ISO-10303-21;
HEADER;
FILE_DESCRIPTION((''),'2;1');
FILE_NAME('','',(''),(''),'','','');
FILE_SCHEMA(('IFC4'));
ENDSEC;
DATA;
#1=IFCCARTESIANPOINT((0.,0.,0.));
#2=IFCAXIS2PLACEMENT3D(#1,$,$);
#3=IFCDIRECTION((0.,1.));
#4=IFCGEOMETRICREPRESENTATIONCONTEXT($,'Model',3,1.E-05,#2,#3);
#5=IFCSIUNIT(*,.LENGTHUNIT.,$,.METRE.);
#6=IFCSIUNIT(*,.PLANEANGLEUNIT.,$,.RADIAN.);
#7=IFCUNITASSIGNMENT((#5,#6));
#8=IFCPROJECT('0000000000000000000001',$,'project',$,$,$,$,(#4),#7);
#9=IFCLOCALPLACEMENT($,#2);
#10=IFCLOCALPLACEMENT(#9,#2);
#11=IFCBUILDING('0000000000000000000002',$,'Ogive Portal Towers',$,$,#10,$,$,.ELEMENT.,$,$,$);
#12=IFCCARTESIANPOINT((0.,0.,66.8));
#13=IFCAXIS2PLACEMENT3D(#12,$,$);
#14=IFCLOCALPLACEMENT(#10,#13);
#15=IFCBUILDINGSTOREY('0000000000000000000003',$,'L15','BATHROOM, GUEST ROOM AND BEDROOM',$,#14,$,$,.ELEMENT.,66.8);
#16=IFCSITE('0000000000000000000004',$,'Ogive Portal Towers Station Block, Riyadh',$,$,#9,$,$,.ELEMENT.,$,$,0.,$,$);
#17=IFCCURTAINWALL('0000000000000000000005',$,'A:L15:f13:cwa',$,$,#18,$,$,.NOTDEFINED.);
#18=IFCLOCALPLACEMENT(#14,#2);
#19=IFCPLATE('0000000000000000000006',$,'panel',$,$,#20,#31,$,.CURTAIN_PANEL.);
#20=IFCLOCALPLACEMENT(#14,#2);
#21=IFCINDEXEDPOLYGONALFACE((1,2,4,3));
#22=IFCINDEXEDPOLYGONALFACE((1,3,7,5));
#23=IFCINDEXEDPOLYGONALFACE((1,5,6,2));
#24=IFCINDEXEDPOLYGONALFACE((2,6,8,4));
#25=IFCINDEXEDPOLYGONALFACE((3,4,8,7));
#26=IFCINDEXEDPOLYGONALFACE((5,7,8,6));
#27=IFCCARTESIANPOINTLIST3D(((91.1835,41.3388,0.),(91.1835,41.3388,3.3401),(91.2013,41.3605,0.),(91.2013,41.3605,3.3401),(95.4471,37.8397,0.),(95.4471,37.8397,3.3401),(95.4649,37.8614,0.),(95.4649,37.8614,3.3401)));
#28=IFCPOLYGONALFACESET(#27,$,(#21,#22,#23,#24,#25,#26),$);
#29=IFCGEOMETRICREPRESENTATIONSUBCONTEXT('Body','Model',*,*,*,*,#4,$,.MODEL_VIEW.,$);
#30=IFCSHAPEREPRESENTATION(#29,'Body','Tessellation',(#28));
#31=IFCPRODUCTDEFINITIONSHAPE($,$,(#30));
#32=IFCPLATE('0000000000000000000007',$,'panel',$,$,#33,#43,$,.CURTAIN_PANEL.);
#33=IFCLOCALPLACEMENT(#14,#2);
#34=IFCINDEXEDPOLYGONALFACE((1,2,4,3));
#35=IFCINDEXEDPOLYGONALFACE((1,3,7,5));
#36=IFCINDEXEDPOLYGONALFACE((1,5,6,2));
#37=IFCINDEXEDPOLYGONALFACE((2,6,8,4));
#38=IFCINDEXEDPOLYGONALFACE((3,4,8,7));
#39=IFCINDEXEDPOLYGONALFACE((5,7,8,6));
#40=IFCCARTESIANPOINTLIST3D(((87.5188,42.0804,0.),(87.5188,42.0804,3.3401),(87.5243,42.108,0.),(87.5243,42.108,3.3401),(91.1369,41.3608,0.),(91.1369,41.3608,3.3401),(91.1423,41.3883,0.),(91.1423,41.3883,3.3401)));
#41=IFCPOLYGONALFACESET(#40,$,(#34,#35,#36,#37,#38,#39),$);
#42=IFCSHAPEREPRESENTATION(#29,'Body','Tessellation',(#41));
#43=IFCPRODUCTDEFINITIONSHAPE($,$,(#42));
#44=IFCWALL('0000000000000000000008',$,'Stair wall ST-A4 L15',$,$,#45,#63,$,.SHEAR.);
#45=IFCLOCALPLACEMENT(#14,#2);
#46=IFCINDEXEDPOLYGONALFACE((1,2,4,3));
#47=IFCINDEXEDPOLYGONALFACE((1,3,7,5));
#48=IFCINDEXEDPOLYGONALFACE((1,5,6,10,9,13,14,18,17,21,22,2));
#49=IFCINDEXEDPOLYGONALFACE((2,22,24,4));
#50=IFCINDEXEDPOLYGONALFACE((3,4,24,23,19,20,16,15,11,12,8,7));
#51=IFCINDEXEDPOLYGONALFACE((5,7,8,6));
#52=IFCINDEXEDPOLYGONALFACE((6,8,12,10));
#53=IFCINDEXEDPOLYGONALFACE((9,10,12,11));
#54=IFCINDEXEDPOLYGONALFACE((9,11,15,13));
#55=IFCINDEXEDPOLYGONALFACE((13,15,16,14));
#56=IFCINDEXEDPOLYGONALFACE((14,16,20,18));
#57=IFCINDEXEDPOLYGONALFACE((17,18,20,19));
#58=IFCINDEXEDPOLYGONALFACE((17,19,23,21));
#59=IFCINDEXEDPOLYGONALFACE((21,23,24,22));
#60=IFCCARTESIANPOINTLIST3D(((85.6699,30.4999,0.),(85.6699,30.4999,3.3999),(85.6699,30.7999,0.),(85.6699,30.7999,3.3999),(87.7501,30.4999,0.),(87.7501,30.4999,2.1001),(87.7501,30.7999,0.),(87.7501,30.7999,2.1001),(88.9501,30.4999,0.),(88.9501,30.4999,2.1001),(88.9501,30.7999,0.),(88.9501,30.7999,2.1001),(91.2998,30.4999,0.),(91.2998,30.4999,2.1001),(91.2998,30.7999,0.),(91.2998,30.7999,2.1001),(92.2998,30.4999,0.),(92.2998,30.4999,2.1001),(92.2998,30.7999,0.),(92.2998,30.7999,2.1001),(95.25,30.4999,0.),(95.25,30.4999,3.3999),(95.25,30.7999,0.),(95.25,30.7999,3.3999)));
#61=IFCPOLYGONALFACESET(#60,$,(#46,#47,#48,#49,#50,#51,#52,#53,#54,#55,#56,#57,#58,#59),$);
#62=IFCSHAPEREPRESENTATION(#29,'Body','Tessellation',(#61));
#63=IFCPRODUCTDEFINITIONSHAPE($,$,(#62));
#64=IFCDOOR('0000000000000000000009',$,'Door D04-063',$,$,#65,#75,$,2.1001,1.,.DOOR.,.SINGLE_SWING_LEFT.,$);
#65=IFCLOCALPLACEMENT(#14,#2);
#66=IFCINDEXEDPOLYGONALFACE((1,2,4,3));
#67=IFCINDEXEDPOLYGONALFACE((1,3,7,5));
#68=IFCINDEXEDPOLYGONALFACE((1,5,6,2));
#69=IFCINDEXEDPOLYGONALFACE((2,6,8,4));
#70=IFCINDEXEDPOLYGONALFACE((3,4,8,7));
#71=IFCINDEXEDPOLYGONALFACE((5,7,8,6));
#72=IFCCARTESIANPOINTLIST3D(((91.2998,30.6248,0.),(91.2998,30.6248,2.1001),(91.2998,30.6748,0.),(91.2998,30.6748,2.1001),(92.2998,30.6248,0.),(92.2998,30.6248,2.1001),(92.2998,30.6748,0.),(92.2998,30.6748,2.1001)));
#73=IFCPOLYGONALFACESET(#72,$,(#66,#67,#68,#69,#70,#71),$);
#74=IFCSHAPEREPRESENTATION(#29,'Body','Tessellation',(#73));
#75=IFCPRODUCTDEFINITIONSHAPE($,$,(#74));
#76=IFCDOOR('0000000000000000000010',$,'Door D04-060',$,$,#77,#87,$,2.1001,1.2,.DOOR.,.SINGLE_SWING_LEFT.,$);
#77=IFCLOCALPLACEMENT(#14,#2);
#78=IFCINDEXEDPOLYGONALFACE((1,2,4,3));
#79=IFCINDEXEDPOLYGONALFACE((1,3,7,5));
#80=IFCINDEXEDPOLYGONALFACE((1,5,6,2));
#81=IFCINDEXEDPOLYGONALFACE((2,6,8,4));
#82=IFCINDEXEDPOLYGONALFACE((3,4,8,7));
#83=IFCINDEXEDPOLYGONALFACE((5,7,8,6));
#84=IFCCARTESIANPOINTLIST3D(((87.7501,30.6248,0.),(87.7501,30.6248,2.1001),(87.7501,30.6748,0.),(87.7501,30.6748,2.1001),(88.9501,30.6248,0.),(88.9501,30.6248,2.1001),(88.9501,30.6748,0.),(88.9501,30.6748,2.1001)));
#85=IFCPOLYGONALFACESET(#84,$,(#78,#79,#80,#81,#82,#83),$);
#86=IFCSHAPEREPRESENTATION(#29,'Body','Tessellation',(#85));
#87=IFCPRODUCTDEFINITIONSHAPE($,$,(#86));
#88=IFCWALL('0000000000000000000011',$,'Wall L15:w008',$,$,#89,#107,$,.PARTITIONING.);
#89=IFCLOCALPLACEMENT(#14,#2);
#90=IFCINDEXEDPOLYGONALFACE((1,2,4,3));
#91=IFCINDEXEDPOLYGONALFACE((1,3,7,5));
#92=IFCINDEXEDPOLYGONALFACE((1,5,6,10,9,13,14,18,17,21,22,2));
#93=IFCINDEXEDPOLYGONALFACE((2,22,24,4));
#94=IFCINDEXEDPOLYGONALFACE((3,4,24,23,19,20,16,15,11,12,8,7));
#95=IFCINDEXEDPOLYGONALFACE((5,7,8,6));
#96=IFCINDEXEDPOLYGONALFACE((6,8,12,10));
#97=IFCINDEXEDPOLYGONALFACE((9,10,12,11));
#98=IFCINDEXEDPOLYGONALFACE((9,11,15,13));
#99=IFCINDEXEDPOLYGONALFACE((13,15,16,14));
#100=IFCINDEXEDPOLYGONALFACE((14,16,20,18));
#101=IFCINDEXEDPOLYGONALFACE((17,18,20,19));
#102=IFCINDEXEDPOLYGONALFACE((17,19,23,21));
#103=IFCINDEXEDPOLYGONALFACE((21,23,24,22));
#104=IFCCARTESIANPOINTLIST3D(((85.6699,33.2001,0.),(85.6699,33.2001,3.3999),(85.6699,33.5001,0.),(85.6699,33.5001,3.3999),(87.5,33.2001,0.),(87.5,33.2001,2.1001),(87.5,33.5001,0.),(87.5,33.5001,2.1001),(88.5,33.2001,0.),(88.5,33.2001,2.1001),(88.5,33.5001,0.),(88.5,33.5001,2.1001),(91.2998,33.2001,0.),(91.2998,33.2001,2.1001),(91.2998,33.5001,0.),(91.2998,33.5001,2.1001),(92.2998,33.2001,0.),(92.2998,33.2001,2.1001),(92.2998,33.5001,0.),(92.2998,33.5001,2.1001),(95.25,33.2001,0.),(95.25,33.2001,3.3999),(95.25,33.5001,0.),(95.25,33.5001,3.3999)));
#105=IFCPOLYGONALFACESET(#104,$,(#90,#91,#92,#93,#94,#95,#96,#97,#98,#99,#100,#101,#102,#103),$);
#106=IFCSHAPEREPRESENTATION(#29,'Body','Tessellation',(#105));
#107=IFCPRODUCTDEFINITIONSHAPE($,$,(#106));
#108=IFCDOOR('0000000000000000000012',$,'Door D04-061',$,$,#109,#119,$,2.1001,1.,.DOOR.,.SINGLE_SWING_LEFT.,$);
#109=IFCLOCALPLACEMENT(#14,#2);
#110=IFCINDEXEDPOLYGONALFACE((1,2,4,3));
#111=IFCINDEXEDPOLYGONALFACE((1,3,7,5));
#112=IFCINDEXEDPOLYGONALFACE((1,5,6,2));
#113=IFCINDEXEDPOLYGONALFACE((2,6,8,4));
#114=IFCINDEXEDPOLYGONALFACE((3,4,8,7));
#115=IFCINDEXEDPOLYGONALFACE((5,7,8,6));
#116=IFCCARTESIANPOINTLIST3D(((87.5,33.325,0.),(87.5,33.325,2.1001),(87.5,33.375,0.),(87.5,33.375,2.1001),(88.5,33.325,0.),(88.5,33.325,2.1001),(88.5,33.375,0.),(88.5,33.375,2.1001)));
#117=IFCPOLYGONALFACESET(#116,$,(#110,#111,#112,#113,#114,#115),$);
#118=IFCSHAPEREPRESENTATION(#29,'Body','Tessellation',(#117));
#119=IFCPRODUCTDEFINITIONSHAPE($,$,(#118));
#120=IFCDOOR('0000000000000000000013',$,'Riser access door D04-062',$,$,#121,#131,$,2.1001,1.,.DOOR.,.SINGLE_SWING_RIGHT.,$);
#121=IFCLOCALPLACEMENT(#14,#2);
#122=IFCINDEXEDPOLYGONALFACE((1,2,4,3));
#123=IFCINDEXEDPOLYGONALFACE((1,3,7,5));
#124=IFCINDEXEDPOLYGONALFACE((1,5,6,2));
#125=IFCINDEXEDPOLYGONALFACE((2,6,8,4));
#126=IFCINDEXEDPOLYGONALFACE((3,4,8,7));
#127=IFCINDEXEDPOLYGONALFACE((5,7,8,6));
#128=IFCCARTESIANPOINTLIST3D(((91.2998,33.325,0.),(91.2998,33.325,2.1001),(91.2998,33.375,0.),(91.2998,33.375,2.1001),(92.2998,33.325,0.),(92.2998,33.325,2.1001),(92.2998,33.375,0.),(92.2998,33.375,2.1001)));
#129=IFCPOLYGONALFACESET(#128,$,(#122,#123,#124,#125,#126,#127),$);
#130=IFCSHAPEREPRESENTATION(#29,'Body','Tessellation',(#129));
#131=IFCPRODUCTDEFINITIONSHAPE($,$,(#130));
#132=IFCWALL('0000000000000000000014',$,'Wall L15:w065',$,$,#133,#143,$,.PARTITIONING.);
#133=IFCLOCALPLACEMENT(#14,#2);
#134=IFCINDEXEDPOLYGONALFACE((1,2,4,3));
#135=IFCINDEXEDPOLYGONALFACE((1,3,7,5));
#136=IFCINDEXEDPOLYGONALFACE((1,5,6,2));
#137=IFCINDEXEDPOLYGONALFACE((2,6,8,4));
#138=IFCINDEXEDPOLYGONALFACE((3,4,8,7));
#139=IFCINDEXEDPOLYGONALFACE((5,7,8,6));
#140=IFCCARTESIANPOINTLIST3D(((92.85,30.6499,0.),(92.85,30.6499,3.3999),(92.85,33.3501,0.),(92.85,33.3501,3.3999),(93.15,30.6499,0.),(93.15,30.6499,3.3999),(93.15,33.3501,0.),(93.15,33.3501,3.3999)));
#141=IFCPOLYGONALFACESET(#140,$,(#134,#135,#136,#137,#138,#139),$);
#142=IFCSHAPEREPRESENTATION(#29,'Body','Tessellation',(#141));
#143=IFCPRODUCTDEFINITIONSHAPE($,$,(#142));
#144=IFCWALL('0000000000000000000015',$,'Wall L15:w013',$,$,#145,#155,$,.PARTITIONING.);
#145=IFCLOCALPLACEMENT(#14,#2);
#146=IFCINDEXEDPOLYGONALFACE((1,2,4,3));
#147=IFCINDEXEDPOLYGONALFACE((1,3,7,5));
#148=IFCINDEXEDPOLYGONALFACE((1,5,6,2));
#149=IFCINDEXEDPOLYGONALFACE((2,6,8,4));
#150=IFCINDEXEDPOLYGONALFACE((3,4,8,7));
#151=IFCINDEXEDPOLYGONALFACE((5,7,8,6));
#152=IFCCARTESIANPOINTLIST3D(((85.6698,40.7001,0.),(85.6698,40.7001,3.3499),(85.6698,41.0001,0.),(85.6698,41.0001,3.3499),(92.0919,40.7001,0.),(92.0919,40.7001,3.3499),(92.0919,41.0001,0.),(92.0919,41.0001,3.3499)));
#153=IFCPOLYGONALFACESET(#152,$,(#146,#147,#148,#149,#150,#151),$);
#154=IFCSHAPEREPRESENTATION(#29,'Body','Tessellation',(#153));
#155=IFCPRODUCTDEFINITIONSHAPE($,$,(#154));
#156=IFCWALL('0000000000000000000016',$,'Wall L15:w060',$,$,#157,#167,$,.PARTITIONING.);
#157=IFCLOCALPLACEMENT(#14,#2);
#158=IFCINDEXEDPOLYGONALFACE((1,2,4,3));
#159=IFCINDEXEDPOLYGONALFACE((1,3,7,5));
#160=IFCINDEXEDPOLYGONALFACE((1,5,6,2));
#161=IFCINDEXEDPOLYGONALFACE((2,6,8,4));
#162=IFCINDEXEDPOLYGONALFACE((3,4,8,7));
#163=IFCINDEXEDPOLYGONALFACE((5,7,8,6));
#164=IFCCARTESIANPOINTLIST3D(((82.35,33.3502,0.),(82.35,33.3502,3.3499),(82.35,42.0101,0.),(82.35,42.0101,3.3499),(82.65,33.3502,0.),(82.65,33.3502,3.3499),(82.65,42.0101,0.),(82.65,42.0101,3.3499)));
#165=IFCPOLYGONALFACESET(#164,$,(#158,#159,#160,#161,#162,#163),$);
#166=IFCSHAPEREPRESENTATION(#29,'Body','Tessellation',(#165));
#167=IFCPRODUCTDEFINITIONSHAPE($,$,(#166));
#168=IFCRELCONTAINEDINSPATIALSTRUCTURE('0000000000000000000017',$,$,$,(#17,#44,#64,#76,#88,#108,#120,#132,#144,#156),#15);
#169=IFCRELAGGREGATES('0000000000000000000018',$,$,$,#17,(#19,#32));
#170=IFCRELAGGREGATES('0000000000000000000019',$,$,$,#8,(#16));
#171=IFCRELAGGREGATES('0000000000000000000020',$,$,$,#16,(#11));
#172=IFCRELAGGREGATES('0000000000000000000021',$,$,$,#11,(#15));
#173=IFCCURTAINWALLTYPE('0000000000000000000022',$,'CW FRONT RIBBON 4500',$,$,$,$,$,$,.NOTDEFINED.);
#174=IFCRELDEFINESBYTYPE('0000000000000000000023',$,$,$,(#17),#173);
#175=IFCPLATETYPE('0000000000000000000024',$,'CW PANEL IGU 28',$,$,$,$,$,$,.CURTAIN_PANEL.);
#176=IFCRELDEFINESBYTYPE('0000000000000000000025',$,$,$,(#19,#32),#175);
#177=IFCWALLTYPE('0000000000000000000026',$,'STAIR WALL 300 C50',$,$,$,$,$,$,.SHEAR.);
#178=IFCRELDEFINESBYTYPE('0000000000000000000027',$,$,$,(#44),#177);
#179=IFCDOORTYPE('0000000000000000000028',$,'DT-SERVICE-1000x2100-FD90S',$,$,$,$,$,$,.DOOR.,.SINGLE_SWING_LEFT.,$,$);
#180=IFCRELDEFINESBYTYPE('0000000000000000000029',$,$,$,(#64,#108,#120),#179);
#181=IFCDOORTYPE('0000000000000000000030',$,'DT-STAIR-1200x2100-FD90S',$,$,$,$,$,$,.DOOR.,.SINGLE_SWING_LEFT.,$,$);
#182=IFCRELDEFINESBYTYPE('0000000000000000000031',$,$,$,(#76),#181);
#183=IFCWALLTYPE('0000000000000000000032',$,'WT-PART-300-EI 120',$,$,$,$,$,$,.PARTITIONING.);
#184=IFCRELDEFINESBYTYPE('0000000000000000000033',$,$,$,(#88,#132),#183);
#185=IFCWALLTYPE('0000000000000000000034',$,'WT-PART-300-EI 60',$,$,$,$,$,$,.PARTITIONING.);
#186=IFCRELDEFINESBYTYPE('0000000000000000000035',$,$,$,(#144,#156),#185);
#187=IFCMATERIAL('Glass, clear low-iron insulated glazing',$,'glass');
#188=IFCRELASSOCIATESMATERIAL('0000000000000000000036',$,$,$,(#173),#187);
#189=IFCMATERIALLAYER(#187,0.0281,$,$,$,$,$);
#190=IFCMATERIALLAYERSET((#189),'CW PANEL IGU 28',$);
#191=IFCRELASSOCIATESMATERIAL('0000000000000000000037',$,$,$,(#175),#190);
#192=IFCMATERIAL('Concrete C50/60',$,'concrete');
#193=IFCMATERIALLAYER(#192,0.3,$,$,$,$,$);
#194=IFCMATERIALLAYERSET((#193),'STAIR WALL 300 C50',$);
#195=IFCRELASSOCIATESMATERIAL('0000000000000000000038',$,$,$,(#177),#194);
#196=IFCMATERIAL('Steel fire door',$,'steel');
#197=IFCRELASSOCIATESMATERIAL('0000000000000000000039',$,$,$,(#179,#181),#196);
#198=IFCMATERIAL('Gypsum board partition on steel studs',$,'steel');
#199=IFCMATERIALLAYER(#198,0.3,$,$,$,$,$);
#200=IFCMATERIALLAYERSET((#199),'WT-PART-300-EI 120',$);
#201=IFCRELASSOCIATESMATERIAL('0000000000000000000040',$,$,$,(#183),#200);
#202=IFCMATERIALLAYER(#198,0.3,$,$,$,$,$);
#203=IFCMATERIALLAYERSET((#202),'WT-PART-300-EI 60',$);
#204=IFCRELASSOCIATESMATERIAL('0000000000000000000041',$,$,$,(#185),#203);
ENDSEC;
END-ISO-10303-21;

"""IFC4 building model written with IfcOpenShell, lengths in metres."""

from ifc_helpers import new_model, si_unit, direction, frame, frame_2d, origin, origin_2d, place, context, subcontext, project, spatial, rectangle, extrude, material, layer, layer_set, type_object, element, fill, aggregate, save


model = new_model("IFC4")

# Units and contexts
model_context = context("Model", 3, precision=1e-05, world=origin(), true_north=direction((0.0, 1.0)))
body_context = subcontext(model_context, "Body", "Model", "MODEL_VIEW")
ifc_project = project(units=[si_unit("LENGTHUNIT", "METRE"), si_unit("PLANEANGLEUNIT", "RADIAN")], contexts=[model_context])

# Site, building, storey
site_placement = place(None, origin())
site = spatial("IfcSite", under=ifc_project, at=site_placement, Name="Ogive Portal Towers Station Block, Riyadh", CompositionType="ELEMENT", RefElevation=0.0)
building_placement = place(site_placement, origin())
building = spatial("IfcBuilding", under=site, at=building_placement, Name="Ogive Portal Towers", CompositionType="ELEMENT")
storey_placement = place(building_placement, frame((0.0, 0.0, 66.8)))
storey = spatial("IfcBuildingStorey", under=building, at=storey_placement, Name="L15", Description="BATHROOM, GUEST ROOM AND BEDROOM", CompositionType="ELEMENT", Elevation=66.8)

# Curtain wall
ifc_material_1 = material(Name="Glass, clear low-iron insulated glazing", Category="glass")
curtain_wall_type = type_object("IfcCurtainWallType", Name="CW FRONT RIBBON 4500", PredefinedType="NOTDEFINED", material=ifc_material_1)
curtain_wall_1_placement = place(storey_placement, origin())
curtain_wall_1 = element("IfcCurtainWall", 1, at=curtain_wall_1_placement, inside=storey, type_object=curtain_wall_type, Name="A:L15:f13:cwa", PredefinedType="NOTDEFINED")

# Plates
ifc_layer_1 = layer(ifc_material_1, 0.0281)
ifc_layer_set_1 = layer_set([ifc_layer_1], Name="CW PANEL IGU 28")
plate_type = type_object("IfcPlateType", Name="CW PANEL IGU 28", PredefinedType="CURTAIN_PANEL", material=ifc_layer_set_1)
plate_1_placement = place(storey_placement, frame((93.3242, 39.6001, 0.0), z_axis=(0.0, 0.0, 1.0), x_axis=(-0.77301, 0.634393, 0.0)))
plate_1 = element("IfcPlate", 2, at=plate_1_placement, type_object=plate_type, Name="panel", PredefinedType="CURTAIN_PANEL", context=body_context, shape_type="SweptSolid", body=[
    extrude(rectangle(XDim=5.5156, YDim=0.0281, at=origin_2d()), origin(), (0.0, 0.0, 1.0), 3.3401),
])
plate_2_placement = place(storey_placement, frame((89.3306, 41.7344, 0.0), z_axis=(0.0, 0.0, 1.0), x_axis=(-0.980785, 0.19509, 0.0)))
plate_2 = element("IfcPlate", 3, at=plate_2_placement, type_object=plate_type, Name="panel", PredefinedType="CURTAIN_PANEL", context=body_context, shape_type="SweptSolid", body=[
    extrude(rectangle(XDim=3.689, YDim=0.0281, at=origin_2d()), origin(), (0.0, 0.0, 1.0), 3.3401),
])
aggregate(curtain_wall_1, [plate_1, plate_2])

# Walls, openings, doors
ifc_material_2 = material(Name="Concrete C50/60", Category="concrete")
ifc_layer_2 = layer(ifc_material_2, 0.3)
ifc_layer_set_2 = layer_set([ifc_layer_2], Name="STAIR WALL 300 C50")
wall_type_1 = type_object("IfcWallType", Name="STAIR WALL 300 C50", PredefinedType="SHEAR", material=ifc_layer_set_2)
wall_1_placement = place(storey_placement, frame((85.6699, 30.6499, 0.0), z_axis=(0.0, 0.0, 1.0), x_axis=(1.0, 0.0, 0.0)))
wall_1 = element("IfcWall", 4, at=wall_1_placement, inside=storey, type_object=wall_type_1, Name="Stair wall ST-A4 L15", PredefinedType="SHEAR", context=body_context, shape_type="SweptSolid", body=[
    extrude(rectangle(XDim=9.5801, YDim=0.3, at=frame_2d((4.79, 0.0))), origin(), (0.0, 0.0, 1.0), 3.3999),
])
opening_1_placement = place(wall_1_placement, frame((2.0801, 0.0, 0.0)))
opening_1 = element("IfcOpeningElement", 5, at=opening_1_placement, cuts=wall_1, PredefinedType="OPENING", context=body_context, shape_type="SweptSolid", body=[
    extrude(rectangle(XDim=1.2, YDim=2.1001, at=frame_2d((0.6001, 1.05))), frame((0.0, 0.1602, 0.0), z_axis=(0.0, -1.0, 0.0), x_axis=(1.0, 0.0, 0.0)), (0.0, 0.0, 1.0), 0.3201),
])
opening_2_placement = place(wall_1_placement, frame((5.6299, 0.0, 0.0)))
opening_2 = element("IfcOpeningElement", 6, at=opening_2_placement, cuts=wall_1, PredefinedType="OPENING", context=body_context, shape_type="SweptSolid", body=[
    extrude(rectangle(XDim=1.0, YDim=2.1001, at=frame_2d((0.5, 1.05))), frame((0.0, 0.1602, 0.0), z_axis=(0.0, -1.0, 0.0), x_axis=(1.0, 0.0, 0.0)), (0.0, 0.0, 1.0), 0.3201),
])
ifc_material_3 = material(Name="Steel fire door", Category="steel")
door_type_1 = type_object("IfcDoorType", Name="DT-SERVICE-1000x2100-FD90S", OperationType="SINGLE_SWING_LEFT", PredefinedType="DOOR", material=ifc_material_3)
door_1_placement = place(opening_2_placement, origin())
door_1 = element("IfcDoor", 7, at=door_1_placement, inside=storey, type_object=door_type_1, Name="Door D04-063", OperationType="SINGLE_SWING_LEFT", OverallHeight=2.1001, OverallWidth=1.0, PredefinedType="DOOR", context=body_context, shape_type="SweptSolid", body=[
    extrude(rectangle(XDim=1.0, YDim=2.1001, at=frame_2d((0.5, 1.05))), frame((0.0, 0.0249, 0.0), z_axis=(0.0, -1.0, 0.0), x_axis=(1.0, 0.0, 0.0)), (0.0, 0.0, 1.0), 0.05),
])
fill(opening_2, door_1)
door_type_2 = type_object("IfcDoorType", Name="DT-STAIR-1200x2100-FD90S", OperationType="SINGLE_SWING_LEFT", PredefinedType="DOOR", material=ifc_material_3)
door_2_placement = place(opening_1_placement, origin())
door_2 = element("IfcDoor", 8, at=door_2_placement, inside=storey, type_object=door_type_2, Name="Door D04-060", OperationType="SINGLE_SWING_LEFT", OverallHeight=2.1001, OverallWidth=1.2, PredefinedType="DOOR", context=body_context, shape_type="SweptSolid", body=[
    extrude(rectangle(XDim=1.2, YDim=2.1001, at=frame_2d((0.6001, 1.05))), frame((0.0, 0.0249, 0.0), z_axis=(0.0, -1.0, 0.0), x_axis=(1.0, 0.0, 0.0)), (0.0, 0.0, 1.0), 0.05),
])
fill(opening_1, door_2)
ifc_material_4 = material(Name="Gypsum board partition on steel studs", Category="steel")
ifc_layer_3 = layer(ifc_material_4, 0.3)
ifc_layer_set_3 = layer_set([ifc_layer_3], Name="WT-PART-300-EI 120")
wall_type_2 = type_object("IfcWallType", Name="WT-PART-300-EI 120", PredefinedType="PARTITIONING", material=ifc_layer_set_3)
wall_2_placement = place(storey_placement, frame((85.6699, 33.3501, 0.0), z_axis=(0.0, 0.0, 1.0), x_axis=(1.0, 0.0, 0.0)))
wall_2 = element("IfcWall", 9, at=wall_2_placement, inside=storey, type_object=wall_type_2, Name="Wall L15:w008", PredefinedType="PARTITIONING", context=body_context, shape_type="SweptSolid", body=[
    extrude(rectangle(XDim=9.5801, YDim=0.3, at=frame_2d((4.79, 0.0))), origin(), (0.0, 0.0, 1.0), 3.3999),
])
opening_3_placement = place(wall_2_placement, frame((1.8301, 0.0, 0.0)))
opening_3 = element("IfcOpeningElement", 10, at=opening_3_placement, cuts=wall_2, PredefinedType="OPENING", context=body_context, shape_type="SweptSolid", body=[
    extrude(rectangle(XDim=1.0, YDim=2.1001, at=frame_2d((0.5, 1.05))), frame((0.0, 0.1602, 0.0), z_axis=(0.0, -1.0, 0.0), x_axis=(1.0, 0.0, 0.0)), (0.0, 0.0, 1.0), 0.3201),
])
opening_4_placement = place(wall_2_placement, frame((5.6299, 0.0, 0.0)))
opening_4 = element("IfcOpeningElement", 11, at=opening_4_placement, cuts=wall_2, PredefinedType="OPENING", context=body_context, shape_type="SweptSolid", body=[
    extrude(rectangle(XDim=1.0, YDim=2.1001, at=frame_2d((0.5, 1.05))), frame((0.0, 0.1602, 0.0), z_axis=(0.0, -1.0, 0.0), x_axis=(1.0, 0.0, 0.0)), (0.0, 0.0, 1.0), 0.3201),
])
door_3_placement = place(opening_3_placement, origin())
door_3 = element("IfcDoor", 12, at=door_3_placement, inside=storey, type_object=door_type_1, Name="Door D04-061", OperationType="SINGLE_SWING_LEFT", OverallHeight=2.1001, OverallWidth=1.0, PredefinedType="DOOR", context=body_context, shape_type="SweptSolid", body=[
    extrude(rectangle(XDim=1.0, YDim=2.1001, at=frame_2d((0.5, 1.05))), frame((0.0, 0.0249, 0.0), z_axis=(0.0, -1.0, 0.0), x_axis=(1.0, 0.0, 0.0)), (0.0, 0.0, 1.0), 0.05),
])
fill(opening_3, door_3)
door_4_placement = place(opening_4_placement, origin())
door_4 = element("IfcDoor", 13, at=door_4_placement, inside=storey, type_object=door_type_1, Name="Riser access door D04-062", OperationType="SINGLE_SWING_RIGHT", OverallHeight=2.1001, OverallWidth=1.0, PredefinedType="DOOR", context=body_context, shape_type="SweptSolid", body=[
    extrude(rectangle(XDim=1.0, YDim=2.1001, at=frame_2d((0.5, 1.05))), frame((0.0, 0.0249, 0.0), z_axis=(0.0, -1.0, 0.0), x_axis=(1.0, 0.0, 0.0)), (0.0, 0.0, 1.0), 0.05),
])
fill(opening_4, door_4)

# Walls
wall_3_placement = place(storey_placement, frame((93.0, 30.6499, 0.0), z_axis=(0.0, 0.0, 1.0), x_axis=(0.0, 1.0, 0.0)))
element("IfcWall", 14, at=wall_3_placement, inside=storey, type_object=wall_type_2, Name="Wall L15:w065", PredefinedType="PARTITIONING", context=body_context, shape_type="SweptSolid", body=[
    extrude(rectangle(XDim=2.7002, YDim=0.3, at=frame_2d((1.3501, 0.0))), origin(), (0.0, 0.0, 1.0), 3.3999),
])
ifc_layer_4 = layer(ifc_material_4, 0.3)
ifc_layer_set_4 = layer_set([ifc_layer_4], Name="WT-PART-300-EI 60")
wall_type_3 = type_object("IfcWallType", Name="WT-PART-300-EI 60", PredefinedType="PARTITIONING", material=ifc_layer_set_4)
wall_4_placement = place(storey_placement, frame((85.6699, 40.8501, 0.0), z_axis=(0.0, 0.0, 1.0), x_axis=(1.0, 0.0, 0.0)))
element("IfcWall", 15, at=wall_4_placement, inside=storey, type_object=wall_type_3, Name="Wall L15:w013", PredefinedType="PARTITIONING", context=body_context, shape_type="SweptSolid", body=[
    extrude(rectangle(XDim=6.4221, YDim=0.3, at=frame_2d((3.2109, 0.0))), origin(), (0.0, 0.0, 1.0), 3.3499),
])
wall_5_placement = place(storey_placement, frame((82.5, 33.3501, 0.0), z_axis=(0.0, 0.0, 1.0), x_axis=(0.0, 1.0, 0.0)))
element("IfcWall", 16, at=wall_5_placement, inside=storey, type_object=wall_type_3, Name="Wall L15:w060", PredefinedType="PARTITIONING", context=body_context, shape_type="SweptSolid", body=[
    extrude(rectangle(XDim=8.6599, YDim=0.3, at=frame_2d((4.3301, 0.0))), origin(), (0.0, 0.0, 1.0), 3.3499),
])

save(model, "model.ifc")
